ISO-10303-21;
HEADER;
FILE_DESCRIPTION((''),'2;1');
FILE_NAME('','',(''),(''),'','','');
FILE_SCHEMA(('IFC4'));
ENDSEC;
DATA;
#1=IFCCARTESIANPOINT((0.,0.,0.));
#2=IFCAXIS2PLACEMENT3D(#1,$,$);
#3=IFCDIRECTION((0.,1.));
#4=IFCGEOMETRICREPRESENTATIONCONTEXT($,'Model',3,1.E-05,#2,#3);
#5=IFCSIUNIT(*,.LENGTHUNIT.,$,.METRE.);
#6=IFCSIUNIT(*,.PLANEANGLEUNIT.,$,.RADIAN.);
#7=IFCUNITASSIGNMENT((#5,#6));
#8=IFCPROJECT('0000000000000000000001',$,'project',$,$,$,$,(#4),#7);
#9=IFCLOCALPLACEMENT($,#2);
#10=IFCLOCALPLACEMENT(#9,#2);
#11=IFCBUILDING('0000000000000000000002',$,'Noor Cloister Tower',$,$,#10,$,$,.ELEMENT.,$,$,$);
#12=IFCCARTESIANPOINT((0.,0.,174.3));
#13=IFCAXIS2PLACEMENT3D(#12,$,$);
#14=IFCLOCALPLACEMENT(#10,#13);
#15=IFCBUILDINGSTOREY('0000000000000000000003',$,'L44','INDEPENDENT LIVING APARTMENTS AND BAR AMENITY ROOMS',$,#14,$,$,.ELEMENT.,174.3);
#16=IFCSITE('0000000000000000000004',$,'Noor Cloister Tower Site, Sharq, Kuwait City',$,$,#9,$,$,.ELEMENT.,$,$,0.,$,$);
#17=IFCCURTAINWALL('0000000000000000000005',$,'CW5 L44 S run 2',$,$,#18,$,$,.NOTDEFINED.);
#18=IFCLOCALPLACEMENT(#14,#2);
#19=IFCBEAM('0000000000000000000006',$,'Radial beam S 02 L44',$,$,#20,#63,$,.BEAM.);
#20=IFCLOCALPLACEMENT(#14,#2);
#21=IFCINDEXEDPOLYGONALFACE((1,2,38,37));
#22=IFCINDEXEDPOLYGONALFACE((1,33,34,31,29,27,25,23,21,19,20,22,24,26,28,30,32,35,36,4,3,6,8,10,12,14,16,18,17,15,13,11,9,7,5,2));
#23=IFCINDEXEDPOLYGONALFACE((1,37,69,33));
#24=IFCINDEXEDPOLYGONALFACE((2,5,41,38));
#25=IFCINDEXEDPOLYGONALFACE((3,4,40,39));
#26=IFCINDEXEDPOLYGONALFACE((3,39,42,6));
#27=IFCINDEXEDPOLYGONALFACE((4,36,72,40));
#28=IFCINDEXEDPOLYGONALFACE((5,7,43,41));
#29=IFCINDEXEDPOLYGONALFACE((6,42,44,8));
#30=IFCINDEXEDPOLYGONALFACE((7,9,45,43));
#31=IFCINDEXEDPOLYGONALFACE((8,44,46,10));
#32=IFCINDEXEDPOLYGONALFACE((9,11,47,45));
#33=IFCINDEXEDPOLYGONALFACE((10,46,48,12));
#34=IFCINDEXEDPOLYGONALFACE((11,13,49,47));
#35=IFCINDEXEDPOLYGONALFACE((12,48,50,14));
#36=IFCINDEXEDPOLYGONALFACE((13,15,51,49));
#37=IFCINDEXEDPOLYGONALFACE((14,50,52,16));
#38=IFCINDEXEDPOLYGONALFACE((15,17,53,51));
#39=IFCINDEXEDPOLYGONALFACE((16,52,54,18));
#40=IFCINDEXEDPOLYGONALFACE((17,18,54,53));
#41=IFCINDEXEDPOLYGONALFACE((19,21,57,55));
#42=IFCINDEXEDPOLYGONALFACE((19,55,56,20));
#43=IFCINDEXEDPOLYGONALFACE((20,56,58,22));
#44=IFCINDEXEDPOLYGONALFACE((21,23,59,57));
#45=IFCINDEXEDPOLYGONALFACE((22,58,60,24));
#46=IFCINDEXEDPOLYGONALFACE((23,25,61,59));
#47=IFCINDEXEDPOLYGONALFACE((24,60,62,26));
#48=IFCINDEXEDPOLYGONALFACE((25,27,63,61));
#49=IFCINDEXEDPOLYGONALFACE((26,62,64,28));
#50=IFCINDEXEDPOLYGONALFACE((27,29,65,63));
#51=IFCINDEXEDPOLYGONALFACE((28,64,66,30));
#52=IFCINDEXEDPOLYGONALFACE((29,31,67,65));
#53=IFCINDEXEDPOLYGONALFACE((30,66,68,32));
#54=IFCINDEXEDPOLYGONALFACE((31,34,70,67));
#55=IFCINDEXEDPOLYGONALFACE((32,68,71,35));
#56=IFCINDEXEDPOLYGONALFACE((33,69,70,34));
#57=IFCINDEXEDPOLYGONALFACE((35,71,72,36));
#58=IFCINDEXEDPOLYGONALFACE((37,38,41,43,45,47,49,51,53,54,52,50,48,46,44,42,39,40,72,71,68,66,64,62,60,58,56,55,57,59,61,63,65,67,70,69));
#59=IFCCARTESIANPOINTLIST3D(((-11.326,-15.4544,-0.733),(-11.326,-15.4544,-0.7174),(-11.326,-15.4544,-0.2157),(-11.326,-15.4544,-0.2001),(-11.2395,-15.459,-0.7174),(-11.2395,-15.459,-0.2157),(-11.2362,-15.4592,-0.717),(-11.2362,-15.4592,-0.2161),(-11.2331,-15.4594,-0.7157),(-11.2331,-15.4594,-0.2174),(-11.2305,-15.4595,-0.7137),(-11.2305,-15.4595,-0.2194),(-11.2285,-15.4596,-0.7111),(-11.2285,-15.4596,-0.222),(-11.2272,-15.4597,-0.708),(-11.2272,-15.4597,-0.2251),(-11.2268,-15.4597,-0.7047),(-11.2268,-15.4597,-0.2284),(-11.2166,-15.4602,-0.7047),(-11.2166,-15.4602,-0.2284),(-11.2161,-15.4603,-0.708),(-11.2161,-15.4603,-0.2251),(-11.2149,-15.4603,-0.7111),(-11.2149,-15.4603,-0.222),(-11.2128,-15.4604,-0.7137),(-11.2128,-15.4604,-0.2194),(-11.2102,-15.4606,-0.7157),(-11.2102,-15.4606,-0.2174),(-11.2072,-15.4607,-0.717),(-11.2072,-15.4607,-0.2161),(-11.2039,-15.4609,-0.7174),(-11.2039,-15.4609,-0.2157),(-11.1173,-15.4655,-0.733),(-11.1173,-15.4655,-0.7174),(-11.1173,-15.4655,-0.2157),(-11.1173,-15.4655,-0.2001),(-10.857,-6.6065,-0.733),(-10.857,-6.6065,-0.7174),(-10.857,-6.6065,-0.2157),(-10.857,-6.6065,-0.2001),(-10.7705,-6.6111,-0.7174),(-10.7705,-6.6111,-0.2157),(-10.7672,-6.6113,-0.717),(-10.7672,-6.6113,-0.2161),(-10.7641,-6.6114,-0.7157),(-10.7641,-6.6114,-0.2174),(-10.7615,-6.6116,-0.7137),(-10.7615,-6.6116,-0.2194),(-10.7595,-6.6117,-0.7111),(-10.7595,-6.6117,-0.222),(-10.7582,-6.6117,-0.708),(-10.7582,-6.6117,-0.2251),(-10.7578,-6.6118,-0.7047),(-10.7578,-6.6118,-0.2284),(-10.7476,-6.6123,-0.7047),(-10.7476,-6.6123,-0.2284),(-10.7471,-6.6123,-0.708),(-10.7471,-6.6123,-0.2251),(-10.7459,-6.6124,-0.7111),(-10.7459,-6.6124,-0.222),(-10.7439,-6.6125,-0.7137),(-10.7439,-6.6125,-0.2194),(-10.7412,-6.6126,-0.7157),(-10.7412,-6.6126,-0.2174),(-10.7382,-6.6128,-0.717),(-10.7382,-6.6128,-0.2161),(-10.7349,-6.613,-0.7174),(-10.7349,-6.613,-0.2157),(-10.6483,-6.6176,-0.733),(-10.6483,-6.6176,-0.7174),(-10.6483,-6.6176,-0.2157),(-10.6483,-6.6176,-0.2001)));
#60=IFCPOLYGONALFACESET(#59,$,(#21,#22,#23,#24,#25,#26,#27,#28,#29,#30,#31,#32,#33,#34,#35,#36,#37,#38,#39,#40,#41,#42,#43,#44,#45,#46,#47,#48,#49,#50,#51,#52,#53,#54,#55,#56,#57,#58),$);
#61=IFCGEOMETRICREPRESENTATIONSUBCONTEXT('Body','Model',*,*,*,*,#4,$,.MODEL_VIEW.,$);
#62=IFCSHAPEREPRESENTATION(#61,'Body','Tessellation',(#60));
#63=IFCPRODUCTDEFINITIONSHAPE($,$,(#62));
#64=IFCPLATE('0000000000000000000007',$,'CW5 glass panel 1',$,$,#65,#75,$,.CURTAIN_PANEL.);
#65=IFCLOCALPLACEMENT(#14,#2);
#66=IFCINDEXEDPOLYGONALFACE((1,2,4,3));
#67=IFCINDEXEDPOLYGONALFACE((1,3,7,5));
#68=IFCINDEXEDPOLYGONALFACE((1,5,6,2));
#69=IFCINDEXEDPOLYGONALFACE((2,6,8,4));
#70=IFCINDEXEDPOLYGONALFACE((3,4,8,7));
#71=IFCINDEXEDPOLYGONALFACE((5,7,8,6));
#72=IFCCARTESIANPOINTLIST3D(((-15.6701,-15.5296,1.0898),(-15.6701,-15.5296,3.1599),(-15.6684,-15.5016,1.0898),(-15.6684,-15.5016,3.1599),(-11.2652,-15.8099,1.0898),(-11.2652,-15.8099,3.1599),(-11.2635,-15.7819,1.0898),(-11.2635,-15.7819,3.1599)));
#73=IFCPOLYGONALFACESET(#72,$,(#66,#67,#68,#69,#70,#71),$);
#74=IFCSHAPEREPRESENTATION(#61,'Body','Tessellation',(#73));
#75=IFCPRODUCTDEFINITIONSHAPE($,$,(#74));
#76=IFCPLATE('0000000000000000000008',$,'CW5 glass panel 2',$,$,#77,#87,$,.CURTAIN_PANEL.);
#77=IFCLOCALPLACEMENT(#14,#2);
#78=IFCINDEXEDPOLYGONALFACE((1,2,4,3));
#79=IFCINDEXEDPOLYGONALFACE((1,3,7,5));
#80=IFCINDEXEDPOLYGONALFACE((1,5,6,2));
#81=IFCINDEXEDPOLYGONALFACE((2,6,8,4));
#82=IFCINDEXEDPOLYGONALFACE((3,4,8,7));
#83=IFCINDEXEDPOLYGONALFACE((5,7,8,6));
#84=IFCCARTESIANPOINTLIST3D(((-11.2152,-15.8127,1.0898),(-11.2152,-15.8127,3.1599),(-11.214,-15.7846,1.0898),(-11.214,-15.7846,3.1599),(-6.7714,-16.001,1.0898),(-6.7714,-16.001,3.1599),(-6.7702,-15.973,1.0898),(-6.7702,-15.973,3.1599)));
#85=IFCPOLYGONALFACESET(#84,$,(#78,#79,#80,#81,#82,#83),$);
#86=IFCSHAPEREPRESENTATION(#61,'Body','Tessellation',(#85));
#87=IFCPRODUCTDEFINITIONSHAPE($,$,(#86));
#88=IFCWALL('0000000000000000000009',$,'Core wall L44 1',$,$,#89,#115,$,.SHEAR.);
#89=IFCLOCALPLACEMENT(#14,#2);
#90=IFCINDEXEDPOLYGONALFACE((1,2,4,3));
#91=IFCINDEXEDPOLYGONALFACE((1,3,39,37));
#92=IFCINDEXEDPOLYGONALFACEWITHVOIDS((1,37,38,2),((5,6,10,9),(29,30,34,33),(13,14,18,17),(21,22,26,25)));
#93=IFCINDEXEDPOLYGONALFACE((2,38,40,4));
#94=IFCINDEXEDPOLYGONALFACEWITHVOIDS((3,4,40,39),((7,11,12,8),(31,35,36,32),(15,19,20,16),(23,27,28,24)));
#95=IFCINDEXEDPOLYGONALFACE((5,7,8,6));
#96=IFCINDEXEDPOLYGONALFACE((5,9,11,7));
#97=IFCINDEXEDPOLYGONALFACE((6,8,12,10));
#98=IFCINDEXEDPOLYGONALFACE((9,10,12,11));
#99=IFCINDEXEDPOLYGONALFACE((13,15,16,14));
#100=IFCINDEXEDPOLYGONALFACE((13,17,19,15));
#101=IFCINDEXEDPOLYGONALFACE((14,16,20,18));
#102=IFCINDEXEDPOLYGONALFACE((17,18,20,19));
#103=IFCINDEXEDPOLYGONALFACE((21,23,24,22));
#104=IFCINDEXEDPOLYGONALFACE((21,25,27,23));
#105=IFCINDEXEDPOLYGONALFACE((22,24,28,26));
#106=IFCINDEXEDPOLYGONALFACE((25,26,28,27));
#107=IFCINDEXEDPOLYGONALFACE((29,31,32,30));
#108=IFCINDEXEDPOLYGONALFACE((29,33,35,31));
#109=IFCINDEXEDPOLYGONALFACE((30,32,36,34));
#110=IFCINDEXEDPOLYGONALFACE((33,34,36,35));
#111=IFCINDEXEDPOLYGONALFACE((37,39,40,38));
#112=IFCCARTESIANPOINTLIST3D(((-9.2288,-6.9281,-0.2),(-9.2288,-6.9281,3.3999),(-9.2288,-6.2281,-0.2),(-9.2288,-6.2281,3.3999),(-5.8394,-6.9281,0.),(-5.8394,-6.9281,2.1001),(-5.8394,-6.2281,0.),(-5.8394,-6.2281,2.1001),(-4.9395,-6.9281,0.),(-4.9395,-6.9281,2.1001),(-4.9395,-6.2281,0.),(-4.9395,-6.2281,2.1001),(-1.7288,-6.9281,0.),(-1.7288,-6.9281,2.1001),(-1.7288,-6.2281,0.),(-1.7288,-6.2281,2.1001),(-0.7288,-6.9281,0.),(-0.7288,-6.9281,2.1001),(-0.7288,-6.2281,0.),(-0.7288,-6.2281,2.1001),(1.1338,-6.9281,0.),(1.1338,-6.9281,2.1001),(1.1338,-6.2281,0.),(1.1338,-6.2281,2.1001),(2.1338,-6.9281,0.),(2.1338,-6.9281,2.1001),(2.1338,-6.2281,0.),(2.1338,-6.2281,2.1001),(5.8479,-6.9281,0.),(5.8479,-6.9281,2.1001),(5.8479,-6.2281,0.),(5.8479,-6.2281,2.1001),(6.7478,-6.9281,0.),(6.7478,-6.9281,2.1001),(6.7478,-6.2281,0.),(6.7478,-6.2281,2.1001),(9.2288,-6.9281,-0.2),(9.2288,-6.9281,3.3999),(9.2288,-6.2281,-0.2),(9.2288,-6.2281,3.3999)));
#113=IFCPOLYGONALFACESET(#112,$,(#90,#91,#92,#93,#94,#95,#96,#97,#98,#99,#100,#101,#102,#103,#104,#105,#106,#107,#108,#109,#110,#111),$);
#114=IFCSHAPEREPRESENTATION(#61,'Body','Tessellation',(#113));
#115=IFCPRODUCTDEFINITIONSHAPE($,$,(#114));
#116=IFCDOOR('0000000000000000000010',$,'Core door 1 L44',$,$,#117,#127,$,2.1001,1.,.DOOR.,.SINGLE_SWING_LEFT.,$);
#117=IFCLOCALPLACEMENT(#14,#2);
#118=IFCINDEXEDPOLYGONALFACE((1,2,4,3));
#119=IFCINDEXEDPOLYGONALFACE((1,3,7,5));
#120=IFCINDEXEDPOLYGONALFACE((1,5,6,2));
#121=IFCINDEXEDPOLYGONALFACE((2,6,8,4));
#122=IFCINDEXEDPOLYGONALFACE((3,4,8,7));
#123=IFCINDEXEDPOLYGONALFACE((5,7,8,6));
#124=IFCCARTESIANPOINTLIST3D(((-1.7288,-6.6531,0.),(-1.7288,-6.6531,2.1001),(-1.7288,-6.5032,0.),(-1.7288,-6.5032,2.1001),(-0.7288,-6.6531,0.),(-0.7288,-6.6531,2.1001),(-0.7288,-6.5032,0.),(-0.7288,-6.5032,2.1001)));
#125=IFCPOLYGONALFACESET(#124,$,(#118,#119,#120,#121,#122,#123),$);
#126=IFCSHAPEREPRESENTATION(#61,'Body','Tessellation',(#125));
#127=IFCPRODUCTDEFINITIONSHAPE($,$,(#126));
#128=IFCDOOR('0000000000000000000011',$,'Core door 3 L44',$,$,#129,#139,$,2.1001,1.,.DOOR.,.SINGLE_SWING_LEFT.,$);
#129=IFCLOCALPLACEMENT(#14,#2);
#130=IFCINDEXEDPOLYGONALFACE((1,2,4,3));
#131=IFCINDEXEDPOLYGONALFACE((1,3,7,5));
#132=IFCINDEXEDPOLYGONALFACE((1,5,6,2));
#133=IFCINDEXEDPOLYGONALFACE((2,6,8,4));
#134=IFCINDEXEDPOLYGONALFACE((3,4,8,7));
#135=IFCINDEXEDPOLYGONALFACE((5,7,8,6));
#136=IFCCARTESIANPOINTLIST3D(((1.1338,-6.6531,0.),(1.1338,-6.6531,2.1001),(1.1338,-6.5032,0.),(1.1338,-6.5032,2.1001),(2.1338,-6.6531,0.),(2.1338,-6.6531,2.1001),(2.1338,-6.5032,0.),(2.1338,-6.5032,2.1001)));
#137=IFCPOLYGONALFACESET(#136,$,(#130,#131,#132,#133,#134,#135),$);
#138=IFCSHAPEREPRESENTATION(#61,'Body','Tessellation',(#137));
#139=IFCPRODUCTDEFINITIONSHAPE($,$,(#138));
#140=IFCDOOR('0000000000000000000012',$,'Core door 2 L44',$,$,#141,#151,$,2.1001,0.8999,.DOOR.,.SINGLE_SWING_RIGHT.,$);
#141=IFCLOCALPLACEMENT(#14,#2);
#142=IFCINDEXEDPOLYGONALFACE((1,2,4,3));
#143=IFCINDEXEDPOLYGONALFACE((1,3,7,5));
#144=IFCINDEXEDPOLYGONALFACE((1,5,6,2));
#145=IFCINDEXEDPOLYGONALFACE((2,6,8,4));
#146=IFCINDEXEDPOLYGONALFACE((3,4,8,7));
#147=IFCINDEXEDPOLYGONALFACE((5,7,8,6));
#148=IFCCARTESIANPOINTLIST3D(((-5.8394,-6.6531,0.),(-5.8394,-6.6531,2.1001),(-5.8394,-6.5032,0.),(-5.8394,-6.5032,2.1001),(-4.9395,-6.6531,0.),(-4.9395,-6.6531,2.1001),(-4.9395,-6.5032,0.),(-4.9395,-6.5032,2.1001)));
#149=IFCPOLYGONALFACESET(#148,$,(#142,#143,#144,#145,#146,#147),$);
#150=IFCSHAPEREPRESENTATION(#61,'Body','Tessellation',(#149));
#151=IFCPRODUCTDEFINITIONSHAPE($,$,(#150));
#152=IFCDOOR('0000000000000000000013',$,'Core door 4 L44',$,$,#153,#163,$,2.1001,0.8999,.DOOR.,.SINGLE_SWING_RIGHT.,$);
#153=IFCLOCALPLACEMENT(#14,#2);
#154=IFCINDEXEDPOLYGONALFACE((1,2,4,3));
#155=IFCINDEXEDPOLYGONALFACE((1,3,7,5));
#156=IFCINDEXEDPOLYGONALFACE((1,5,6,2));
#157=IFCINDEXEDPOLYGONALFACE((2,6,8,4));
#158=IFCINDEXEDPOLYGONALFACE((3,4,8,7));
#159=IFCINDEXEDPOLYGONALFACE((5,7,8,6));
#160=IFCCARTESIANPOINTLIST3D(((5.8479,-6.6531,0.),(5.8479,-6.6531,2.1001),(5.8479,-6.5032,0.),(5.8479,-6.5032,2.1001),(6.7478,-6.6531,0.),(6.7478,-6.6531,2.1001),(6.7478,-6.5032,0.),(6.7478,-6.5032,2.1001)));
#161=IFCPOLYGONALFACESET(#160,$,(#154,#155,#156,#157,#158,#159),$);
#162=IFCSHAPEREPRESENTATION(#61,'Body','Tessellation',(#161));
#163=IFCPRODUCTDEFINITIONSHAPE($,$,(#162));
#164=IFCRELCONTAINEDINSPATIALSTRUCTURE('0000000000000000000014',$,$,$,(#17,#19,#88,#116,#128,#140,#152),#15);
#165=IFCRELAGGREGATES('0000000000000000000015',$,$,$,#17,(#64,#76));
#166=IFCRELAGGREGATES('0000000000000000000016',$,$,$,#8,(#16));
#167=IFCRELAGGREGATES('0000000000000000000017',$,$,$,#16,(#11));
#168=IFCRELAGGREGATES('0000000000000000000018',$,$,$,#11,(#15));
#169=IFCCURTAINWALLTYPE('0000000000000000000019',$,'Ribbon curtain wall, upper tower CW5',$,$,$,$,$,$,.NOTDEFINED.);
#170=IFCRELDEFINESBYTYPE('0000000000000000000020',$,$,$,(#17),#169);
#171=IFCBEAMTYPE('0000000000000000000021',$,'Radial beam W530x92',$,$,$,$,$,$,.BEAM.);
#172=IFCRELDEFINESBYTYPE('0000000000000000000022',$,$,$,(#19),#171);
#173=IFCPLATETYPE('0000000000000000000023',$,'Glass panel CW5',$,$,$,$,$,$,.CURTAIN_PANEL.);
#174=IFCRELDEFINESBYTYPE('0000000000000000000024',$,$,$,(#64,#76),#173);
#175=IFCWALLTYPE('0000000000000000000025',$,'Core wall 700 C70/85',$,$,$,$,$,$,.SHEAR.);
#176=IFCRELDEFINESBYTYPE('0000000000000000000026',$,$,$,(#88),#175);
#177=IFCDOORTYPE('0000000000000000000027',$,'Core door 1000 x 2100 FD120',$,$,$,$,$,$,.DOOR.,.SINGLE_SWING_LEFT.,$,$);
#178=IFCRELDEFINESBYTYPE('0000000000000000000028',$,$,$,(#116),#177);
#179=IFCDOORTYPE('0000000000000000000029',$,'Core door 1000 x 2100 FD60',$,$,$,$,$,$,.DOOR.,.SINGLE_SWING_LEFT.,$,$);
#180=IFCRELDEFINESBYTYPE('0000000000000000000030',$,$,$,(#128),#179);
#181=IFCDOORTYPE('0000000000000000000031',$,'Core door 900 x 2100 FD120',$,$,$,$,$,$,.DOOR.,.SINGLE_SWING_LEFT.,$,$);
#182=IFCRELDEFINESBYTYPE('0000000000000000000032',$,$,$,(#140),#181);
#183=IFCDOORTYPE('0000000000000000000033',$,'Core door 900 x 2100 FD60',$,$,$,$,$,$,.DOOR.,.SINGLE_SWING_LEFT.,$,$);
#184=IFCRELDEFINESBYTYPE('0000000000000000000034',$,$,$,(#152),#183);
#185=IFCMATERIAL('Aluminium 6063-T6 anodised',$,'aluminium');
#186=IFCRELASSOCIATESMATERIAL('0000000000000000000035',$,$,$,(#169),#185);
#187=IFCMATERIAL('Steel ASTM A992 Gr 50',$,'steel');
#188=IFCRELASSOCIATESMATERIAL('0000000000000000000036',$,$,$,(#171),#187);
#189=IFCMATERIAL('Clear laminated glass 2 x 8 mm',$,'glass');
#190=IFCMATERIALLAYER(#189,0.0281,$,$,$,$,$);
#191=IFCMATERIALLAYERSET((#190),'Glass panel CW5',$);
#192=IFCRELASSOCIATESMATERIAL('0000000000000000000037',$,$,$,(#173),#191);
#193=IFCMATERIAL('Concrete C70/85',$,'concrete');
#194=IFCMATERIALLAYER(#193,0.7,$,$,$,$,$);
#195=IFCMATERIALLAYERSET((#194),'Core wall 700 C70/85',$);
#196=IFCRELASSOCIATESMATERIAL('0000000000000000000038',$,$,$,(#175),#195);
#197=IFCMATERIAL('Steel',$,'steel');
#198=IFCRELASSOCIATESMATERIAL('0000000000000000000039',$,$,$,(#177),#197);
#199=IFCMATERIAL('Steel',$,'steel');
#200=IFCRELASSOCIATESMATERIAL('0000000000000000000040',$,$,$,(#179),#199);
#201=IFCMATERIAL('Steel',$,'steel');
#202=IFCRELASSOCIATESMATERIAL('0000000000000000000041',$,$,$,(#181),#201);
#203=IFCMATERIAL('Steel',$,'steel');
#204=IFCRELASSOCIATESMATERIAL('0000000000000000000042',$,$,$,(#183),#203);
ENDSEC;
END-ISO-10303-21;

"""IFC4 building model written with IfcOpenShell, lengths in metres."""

from ifc_helpers import new_model, si_unit, direction, frame, frame_2d, origin, origin_2d, place, context, subcontext, project, spatial, rectangle, i_section, extrude, material, layer, layer_set, material_profile, profile_set, type_object, element, fill, aggregate, save


model = new_model("IFC4")

# Units and contexts
model_context = context("Model", 3, precision=1e-05, world=origin(), true_north=direction((0.0, 1.0)))
body_context = subcontext(model_context, "Body", "Model", "MODEL_VIEW")
ifc_project = project(units=[si_unit("LENGTHUNIT", "METRE"), si_unit("PLANEANGLEUNIT", "RADIAN")], contexts=[model_context])

# Site, building, storey
site_placement = place(None, origin())
site = spatial("IfcSite", under=ifc_project, at=site_placement, Name="Noor Cloister Tower Site, Sharq, Kuwait City", CompositionType="ELEMENT", RefElevation=0.0)
building_placement = place(site_placement, origin())
building = spatial("IfcBuilding", under=site, at=building_placement, Name="Noor Cloister Tower", CompositionType="ELEMENT")
storey_placement = place(building_placement, frame((0.0, 0.0, 174.3)))
storey = spatial("IfcBuildingStorey", under=building, at=storey_placement, Name="L44", Description="INDEPENDENT LIVING APARTMENTS AND BAR AMENITY ROOMS", CompositionType="ELEMENT", Elevation=174.3)

# Curtain wall
ifc_material_1 = material(Name="Aluminium 6063-T6 anodised", Category="aluminium")
curtain_wall_type = type_object("IfcCurtainWallType", Name="Ribbon curtain wall, upper tower CW5", PredefinedType="NOTDEFINED", material=ifc_material_1)
curtain_wall_placement = place(storey_placement, origin())
curtain_wall = element("IfcCurtainWall", 1, at=curtain_wall_placement, inside=storey, type_object=curtain_wall_type, Name="CW5 L44 S run 2", PredefinedType="NOTDEFINED")

# Beam
ifc_material_2 = material(Name="Steel ASTM A992 Gr 50", Category="steel")
ifc_material_profile_1 = material_profile(ifc_material_2, i_section(OverallWidth=0.209, OverallDepth=0.533, WebThickness=0.0103, FlangeThickness=0.0156, FilletRadius=0.0127, at=origin_2d()), Name="W530x92")
ifc_profile_set_1 = profile_set([ifc_material_profile_1], Name="Steel ASTM A992 Gr 50")
beam_type_1 = type_object("IfcBeamType", Name="Radial beam W530x92", PredefinedType="BEAM", material=ifc_profile_set_1)
beam_1_placement = place(storey_placement, frame((-11.2217, -15.46, -0.4666), z_axis=(0.052932, 0.998598, 0.0), x_axis=(-0.998598, 0.052932, 0.0)))
element("IfcBeam", 2, at=beam_1_placement, inside=storey, type_object=beam_type_1, Name="Radial beam S 02 L44", PredefinedType="BEAM", context=body_context, shape_type="SweptSolid", body=[
    extrude(i_section(OverallWidth=0.209, OverallDepth=0.533, WebThickness=0.0103, FlangeThickness=0.0156, FilletRadius=0.0127, at=origin_2d()), origin(), (0.0, 0.0, 1.0), 8.8604),
])

# Plates
ifc_material_3 = material(Name="Clear laminated glass 2 x 8 mm", Category="glass")
ifc_layer_1 = layer(ifc_material_3, 0.0281)
ifc_layer_set_1 = layer_set([ifc_layer_1], Name="Glass panel CW5")
plate_type = type_object("IfcPlateType", Name="Glass panel CW5", PredefinedType="CURTAIN_PANEL", material=ifc_layer_set_1)
plate_1_placement = place(storey_placement, frame((-13.4668, -15.6558, 1.0898), z_axis=(0.0, 0.0, 1.0), x_axis=(0.997982, -0.063502, 0.0)))
plate_1 = element("IfcPlate", 3, at=plate_1_placement, type_object=plate_type, Name="CW5 glass panel 1", PredefinedType="CURTAIN_PANEL", context=body_context, shape_type="SweptSolid", body=[
    extrude(rectangle(XDim=4.4138, YDim=0.0281, at=origin_2d()), origin(), (0.0, 0.0, 1.0), 2.0701),
])
plate_2_placement = place(storey_placement, frame((-8.9927, -15.8928, 1.0898), z_axis=(0.0, 0.0, 1.0), x_axis=(0.999103, -0.042351, 0.0)))
plate_2 = element("IfcPlate", 4, at=plate_2_placement, type_object=plate_type, Name="CW5 glass panel 2", PredefinedType="CURTAIN_PANEL", context=body_context, shape_type="SweptSolid", body=[
    extrude(rectangle(XDim=4.4478, YDim=0.0281, at=origin_2d()), origin(), (0.0, 0.0, 1.0), 2.0701),
])
aggregate(curtain_wall, [plate_1, plate_2])

# Wall, openings, doors
ifc_material_4 = material(Name="Concrete C70/85", Category="concrete")
ifc_layer_2 = layer(ifc_material_4, 0.7)
ifc_layer_set_2 = layer_set([ifc_layer_2], Name="Core wall 700 C70/85")
wall_type_1 = type_object("IfcWallType", Name="Core wall 700 C70/85", PredefinedType="SHEAR", material=ifc_layer_set_2)
wall_1_placement = place(storey_placement, frame((-9.2288, -6.5781, -0.2), z_axis=(0.0, 0.0, 1.0), x_axis=(1.0, 0.0, 0.0)))
wall_1 = element("IfcWall", 5, at=wall_1_placement, inside=storey, type_object=wall_type_1, Name="Core wall L44 1", PredefinedType="SHEAR", context=body_context, shape_type="SweptSolid", body=[
    extrude(rectangle(XDim=18.4575, YDim=0.7, at=frame_2d((9.2288, 0.0))), origin(), (0.0, 0.0, 1.0), 3.5999),
])
opening_1_placement = place(wall_1_placement, frame((7.5, 0.0, 0.2)))
opening_1 = element("IfcOpeningElement", 6, at=opening_1_placement, cuts=wall_1, PredefinedType="OPENING", context=body_context, shape_type="SweptSolid", body=[
    extrude(rectangle(XDim=1.0, YDim=2.1001, at=frame_2d((0.5, 1.05))), frame((0.0, 0.3599, 0.0), z_axis=(0.0, -1.0, 0.0), x_axis=(1.0, 0.0, 0.0)), (0.0, 0.0, 1.0), 0.72),
])
opening_2_placement = place(wall_1_placement, frame((3.3894, 0.0, 0.2)))
opening_2 = element("IfcOpeningElement", 7, at=opening_2_placement, cuts=wall_1, PredefinedType="OPENING", context=body_context, shape_type="SweptSolid", body=[
    extrude(rectangle(XDim=0.8999, YDim=2.1001, at=frame_2d((0.45, 1.05))), frame((0.0, 0.3599, 0.0), z_axis=(0.0, -1.0, 0.0), x_axis=(1.0, 0.0, 0.0)), (0.0, 0.0, 1.0), 0.72),
])
opening_3_placement = place(wall_1_placement, frame((10.3625, 0.0, 0.2)))
opening_3 = element("IfcOpeningElement", 8, at=opening_3_placement, cuts=wall_1, PredefinedType="OPENING", context=body_context, shape_type="SweptSolid", body=[
    extrude(rectangle(XDim=1.0, YDim=2.1001, at=frame_2d((0.5, 1.05))), frame((0.0, 0.3599, 0.0), z_axis=(0.0, -1.0, 0.0), x_axis=(1.0, 0.0, 0.0)), (0.0, 0.0, 1.0), 0.72),
])
opening_4_placement = place(wall_1_placement, frame((15.0767, 0.0, 0.2)))
opening_4 = element("IfcOpeningElement", 9, at=opening_4_placement, cuts=wall_1, PredefinedType="OPENING", context=body_context, shape_type="SweptSolid", body=[
    extrude(rectangle(XDim=0.8999, YDim=2.1001, at=frame_2d((0.45, 1.05))), frame((0.0, 0.3599, 0.0), z_axis=(0.0, -1.0, 0.0), x_axis=(1.0, 0.0, 0.0)), (0.0, 0.0, 1.0), 0.72),
])
ifc_material_5 = material(Name="Steel", Category="steel")
door_type_1 = type_object("IfcDoorType", Name="Core door 1000 x 2100 FD120", OperationType="SINGLE_SWING_LEFT", PredefinedType="DOOR", material=ifc_material_5)
door_1_placement = place(opening_1_placement, origin())
door_1 = element("IfcDoor", 10, at=door_1_placement, inside=storey, type_object=door_type_1, Name="Core door 1 L44", OperationType="SINGLE_SWING_LEFT", OverallHeight=2.1001, OverallWidth=1.0, PredefinedType="DOOR", context=body_context, shape_type="SweptSolid", body=[
    extrude(rectangle(XDim=1.0, YDim=2.1001, at=frame_2d((0.5, 1.05))), frame((0.0, 0.075, 0.0), z_axis=(0.0, -1.0, 0.0), x_axis=(1.0, 0.0, 0.0)), (0.0, 0.0, 1.0), 0.1499),
])
fill(opening_1, door_1)
ifc_material_6 = material(Name="Steel", Category="steel")
door_type_2 = type_object("IfcDoorType", Name="Core door 1000 x 2100 FD60", OperationType="SINGLE_SWING_LEFT", PredefinedType="DOOR", material=ifc_material_6)
door_2_placement = place(opening_3_placement, origin())
door_2 = element("IfcDoor", 11, at=door_2_placement, inside=storey, type_object=door_type_2, Name="Core door 3 L44", OperationType="SINGLE_SWING_LEFT", OverallHeight=2.1001, OverallWidth=1.0, PredefinedType="DOOR", context=body_context, shape_type="SweptSolid", body=[
    extrude(rectangle(XDim=1.0, YDim=2.1001, at=frame_2d((0.5, 1.05))), frame((0.0, 0.075, 0.0), z_axis=(0.0, -1.0, 0.0), x_axis=(1.0, 0.0, 0.0)), (0.0, 0.0, 1.0), 0.1499),
])
fill(opening_3, door_2)
ifc_material_7 = material(Name="Steel", Category="steel")
door_type_3 = type_object("IfcDoorType", Name="Core door 900 x 2100 FD120", OperationType="SINGLE_SWING_LEFT", PredefinedType="DOOR", material=ifc_material_7)
door_3_placement = place(opening_2_placement, origin())
door_3 = element("IfcDoor", 12, at=door_3_placement, inside=storey, type_object=door_type_3, Name="Core door 2 L44", OperationType="SINGLE_SWING_RIGHT", OverallHeight=2.1001, OverallWidth=0.8999, PredefinedType="DOOR", context=body_context, shape_type="SweptSolid", body=[
    extrude(rectangle(XDim=0.8999, YDim=2.1001, at=frame_2d((0.45, 1.05))), frame((0.0, 0.075, 0.0), z_axis=(0.0, -1.0, 0.0), x_axis=(1.0, 0.0, 0.0)), (0.0, 0.0, 1.0), 0.1499),
])
fill(opening_2, door_3)
ifc_material_8 = material(Name="Steel", Category="steel")
door_type_4 = type_object("IfcDoorType", Name="Core door 900 x 2100 FD60", OperationType="SINGLE_SWING_LEFT", PredefinedType="DOOR", material=ifc_material_8)
door_4_placement = place(opening_4_placement, origin())
door_4 = element("IfcDoor", 13, at=door_4_placement, inside=storey, type_object=door_type_4, Name="Core door 4 L44", OperationType="SINGLE_SWING_RIGHT", OverallHeight=2.1001, OverallWidth=0.8999, PredefinedType="DOOR", context=body_context, shape_type="SweptSolid", body=[
    extrude(rectangle(XDim=0.8999, YDim=2.1001, at=frame_2d((0.45, 1.05))), frame((0.0, 0.075, 0.0), z_axis=(0.0, -1.0, 0.0), x_axis=(1.0, 0.0, 0.0)), (0.0, 0.0, 1.0), 0.1499),
])
fill(opening_4, door_4)

save(model, "model.ifc")
